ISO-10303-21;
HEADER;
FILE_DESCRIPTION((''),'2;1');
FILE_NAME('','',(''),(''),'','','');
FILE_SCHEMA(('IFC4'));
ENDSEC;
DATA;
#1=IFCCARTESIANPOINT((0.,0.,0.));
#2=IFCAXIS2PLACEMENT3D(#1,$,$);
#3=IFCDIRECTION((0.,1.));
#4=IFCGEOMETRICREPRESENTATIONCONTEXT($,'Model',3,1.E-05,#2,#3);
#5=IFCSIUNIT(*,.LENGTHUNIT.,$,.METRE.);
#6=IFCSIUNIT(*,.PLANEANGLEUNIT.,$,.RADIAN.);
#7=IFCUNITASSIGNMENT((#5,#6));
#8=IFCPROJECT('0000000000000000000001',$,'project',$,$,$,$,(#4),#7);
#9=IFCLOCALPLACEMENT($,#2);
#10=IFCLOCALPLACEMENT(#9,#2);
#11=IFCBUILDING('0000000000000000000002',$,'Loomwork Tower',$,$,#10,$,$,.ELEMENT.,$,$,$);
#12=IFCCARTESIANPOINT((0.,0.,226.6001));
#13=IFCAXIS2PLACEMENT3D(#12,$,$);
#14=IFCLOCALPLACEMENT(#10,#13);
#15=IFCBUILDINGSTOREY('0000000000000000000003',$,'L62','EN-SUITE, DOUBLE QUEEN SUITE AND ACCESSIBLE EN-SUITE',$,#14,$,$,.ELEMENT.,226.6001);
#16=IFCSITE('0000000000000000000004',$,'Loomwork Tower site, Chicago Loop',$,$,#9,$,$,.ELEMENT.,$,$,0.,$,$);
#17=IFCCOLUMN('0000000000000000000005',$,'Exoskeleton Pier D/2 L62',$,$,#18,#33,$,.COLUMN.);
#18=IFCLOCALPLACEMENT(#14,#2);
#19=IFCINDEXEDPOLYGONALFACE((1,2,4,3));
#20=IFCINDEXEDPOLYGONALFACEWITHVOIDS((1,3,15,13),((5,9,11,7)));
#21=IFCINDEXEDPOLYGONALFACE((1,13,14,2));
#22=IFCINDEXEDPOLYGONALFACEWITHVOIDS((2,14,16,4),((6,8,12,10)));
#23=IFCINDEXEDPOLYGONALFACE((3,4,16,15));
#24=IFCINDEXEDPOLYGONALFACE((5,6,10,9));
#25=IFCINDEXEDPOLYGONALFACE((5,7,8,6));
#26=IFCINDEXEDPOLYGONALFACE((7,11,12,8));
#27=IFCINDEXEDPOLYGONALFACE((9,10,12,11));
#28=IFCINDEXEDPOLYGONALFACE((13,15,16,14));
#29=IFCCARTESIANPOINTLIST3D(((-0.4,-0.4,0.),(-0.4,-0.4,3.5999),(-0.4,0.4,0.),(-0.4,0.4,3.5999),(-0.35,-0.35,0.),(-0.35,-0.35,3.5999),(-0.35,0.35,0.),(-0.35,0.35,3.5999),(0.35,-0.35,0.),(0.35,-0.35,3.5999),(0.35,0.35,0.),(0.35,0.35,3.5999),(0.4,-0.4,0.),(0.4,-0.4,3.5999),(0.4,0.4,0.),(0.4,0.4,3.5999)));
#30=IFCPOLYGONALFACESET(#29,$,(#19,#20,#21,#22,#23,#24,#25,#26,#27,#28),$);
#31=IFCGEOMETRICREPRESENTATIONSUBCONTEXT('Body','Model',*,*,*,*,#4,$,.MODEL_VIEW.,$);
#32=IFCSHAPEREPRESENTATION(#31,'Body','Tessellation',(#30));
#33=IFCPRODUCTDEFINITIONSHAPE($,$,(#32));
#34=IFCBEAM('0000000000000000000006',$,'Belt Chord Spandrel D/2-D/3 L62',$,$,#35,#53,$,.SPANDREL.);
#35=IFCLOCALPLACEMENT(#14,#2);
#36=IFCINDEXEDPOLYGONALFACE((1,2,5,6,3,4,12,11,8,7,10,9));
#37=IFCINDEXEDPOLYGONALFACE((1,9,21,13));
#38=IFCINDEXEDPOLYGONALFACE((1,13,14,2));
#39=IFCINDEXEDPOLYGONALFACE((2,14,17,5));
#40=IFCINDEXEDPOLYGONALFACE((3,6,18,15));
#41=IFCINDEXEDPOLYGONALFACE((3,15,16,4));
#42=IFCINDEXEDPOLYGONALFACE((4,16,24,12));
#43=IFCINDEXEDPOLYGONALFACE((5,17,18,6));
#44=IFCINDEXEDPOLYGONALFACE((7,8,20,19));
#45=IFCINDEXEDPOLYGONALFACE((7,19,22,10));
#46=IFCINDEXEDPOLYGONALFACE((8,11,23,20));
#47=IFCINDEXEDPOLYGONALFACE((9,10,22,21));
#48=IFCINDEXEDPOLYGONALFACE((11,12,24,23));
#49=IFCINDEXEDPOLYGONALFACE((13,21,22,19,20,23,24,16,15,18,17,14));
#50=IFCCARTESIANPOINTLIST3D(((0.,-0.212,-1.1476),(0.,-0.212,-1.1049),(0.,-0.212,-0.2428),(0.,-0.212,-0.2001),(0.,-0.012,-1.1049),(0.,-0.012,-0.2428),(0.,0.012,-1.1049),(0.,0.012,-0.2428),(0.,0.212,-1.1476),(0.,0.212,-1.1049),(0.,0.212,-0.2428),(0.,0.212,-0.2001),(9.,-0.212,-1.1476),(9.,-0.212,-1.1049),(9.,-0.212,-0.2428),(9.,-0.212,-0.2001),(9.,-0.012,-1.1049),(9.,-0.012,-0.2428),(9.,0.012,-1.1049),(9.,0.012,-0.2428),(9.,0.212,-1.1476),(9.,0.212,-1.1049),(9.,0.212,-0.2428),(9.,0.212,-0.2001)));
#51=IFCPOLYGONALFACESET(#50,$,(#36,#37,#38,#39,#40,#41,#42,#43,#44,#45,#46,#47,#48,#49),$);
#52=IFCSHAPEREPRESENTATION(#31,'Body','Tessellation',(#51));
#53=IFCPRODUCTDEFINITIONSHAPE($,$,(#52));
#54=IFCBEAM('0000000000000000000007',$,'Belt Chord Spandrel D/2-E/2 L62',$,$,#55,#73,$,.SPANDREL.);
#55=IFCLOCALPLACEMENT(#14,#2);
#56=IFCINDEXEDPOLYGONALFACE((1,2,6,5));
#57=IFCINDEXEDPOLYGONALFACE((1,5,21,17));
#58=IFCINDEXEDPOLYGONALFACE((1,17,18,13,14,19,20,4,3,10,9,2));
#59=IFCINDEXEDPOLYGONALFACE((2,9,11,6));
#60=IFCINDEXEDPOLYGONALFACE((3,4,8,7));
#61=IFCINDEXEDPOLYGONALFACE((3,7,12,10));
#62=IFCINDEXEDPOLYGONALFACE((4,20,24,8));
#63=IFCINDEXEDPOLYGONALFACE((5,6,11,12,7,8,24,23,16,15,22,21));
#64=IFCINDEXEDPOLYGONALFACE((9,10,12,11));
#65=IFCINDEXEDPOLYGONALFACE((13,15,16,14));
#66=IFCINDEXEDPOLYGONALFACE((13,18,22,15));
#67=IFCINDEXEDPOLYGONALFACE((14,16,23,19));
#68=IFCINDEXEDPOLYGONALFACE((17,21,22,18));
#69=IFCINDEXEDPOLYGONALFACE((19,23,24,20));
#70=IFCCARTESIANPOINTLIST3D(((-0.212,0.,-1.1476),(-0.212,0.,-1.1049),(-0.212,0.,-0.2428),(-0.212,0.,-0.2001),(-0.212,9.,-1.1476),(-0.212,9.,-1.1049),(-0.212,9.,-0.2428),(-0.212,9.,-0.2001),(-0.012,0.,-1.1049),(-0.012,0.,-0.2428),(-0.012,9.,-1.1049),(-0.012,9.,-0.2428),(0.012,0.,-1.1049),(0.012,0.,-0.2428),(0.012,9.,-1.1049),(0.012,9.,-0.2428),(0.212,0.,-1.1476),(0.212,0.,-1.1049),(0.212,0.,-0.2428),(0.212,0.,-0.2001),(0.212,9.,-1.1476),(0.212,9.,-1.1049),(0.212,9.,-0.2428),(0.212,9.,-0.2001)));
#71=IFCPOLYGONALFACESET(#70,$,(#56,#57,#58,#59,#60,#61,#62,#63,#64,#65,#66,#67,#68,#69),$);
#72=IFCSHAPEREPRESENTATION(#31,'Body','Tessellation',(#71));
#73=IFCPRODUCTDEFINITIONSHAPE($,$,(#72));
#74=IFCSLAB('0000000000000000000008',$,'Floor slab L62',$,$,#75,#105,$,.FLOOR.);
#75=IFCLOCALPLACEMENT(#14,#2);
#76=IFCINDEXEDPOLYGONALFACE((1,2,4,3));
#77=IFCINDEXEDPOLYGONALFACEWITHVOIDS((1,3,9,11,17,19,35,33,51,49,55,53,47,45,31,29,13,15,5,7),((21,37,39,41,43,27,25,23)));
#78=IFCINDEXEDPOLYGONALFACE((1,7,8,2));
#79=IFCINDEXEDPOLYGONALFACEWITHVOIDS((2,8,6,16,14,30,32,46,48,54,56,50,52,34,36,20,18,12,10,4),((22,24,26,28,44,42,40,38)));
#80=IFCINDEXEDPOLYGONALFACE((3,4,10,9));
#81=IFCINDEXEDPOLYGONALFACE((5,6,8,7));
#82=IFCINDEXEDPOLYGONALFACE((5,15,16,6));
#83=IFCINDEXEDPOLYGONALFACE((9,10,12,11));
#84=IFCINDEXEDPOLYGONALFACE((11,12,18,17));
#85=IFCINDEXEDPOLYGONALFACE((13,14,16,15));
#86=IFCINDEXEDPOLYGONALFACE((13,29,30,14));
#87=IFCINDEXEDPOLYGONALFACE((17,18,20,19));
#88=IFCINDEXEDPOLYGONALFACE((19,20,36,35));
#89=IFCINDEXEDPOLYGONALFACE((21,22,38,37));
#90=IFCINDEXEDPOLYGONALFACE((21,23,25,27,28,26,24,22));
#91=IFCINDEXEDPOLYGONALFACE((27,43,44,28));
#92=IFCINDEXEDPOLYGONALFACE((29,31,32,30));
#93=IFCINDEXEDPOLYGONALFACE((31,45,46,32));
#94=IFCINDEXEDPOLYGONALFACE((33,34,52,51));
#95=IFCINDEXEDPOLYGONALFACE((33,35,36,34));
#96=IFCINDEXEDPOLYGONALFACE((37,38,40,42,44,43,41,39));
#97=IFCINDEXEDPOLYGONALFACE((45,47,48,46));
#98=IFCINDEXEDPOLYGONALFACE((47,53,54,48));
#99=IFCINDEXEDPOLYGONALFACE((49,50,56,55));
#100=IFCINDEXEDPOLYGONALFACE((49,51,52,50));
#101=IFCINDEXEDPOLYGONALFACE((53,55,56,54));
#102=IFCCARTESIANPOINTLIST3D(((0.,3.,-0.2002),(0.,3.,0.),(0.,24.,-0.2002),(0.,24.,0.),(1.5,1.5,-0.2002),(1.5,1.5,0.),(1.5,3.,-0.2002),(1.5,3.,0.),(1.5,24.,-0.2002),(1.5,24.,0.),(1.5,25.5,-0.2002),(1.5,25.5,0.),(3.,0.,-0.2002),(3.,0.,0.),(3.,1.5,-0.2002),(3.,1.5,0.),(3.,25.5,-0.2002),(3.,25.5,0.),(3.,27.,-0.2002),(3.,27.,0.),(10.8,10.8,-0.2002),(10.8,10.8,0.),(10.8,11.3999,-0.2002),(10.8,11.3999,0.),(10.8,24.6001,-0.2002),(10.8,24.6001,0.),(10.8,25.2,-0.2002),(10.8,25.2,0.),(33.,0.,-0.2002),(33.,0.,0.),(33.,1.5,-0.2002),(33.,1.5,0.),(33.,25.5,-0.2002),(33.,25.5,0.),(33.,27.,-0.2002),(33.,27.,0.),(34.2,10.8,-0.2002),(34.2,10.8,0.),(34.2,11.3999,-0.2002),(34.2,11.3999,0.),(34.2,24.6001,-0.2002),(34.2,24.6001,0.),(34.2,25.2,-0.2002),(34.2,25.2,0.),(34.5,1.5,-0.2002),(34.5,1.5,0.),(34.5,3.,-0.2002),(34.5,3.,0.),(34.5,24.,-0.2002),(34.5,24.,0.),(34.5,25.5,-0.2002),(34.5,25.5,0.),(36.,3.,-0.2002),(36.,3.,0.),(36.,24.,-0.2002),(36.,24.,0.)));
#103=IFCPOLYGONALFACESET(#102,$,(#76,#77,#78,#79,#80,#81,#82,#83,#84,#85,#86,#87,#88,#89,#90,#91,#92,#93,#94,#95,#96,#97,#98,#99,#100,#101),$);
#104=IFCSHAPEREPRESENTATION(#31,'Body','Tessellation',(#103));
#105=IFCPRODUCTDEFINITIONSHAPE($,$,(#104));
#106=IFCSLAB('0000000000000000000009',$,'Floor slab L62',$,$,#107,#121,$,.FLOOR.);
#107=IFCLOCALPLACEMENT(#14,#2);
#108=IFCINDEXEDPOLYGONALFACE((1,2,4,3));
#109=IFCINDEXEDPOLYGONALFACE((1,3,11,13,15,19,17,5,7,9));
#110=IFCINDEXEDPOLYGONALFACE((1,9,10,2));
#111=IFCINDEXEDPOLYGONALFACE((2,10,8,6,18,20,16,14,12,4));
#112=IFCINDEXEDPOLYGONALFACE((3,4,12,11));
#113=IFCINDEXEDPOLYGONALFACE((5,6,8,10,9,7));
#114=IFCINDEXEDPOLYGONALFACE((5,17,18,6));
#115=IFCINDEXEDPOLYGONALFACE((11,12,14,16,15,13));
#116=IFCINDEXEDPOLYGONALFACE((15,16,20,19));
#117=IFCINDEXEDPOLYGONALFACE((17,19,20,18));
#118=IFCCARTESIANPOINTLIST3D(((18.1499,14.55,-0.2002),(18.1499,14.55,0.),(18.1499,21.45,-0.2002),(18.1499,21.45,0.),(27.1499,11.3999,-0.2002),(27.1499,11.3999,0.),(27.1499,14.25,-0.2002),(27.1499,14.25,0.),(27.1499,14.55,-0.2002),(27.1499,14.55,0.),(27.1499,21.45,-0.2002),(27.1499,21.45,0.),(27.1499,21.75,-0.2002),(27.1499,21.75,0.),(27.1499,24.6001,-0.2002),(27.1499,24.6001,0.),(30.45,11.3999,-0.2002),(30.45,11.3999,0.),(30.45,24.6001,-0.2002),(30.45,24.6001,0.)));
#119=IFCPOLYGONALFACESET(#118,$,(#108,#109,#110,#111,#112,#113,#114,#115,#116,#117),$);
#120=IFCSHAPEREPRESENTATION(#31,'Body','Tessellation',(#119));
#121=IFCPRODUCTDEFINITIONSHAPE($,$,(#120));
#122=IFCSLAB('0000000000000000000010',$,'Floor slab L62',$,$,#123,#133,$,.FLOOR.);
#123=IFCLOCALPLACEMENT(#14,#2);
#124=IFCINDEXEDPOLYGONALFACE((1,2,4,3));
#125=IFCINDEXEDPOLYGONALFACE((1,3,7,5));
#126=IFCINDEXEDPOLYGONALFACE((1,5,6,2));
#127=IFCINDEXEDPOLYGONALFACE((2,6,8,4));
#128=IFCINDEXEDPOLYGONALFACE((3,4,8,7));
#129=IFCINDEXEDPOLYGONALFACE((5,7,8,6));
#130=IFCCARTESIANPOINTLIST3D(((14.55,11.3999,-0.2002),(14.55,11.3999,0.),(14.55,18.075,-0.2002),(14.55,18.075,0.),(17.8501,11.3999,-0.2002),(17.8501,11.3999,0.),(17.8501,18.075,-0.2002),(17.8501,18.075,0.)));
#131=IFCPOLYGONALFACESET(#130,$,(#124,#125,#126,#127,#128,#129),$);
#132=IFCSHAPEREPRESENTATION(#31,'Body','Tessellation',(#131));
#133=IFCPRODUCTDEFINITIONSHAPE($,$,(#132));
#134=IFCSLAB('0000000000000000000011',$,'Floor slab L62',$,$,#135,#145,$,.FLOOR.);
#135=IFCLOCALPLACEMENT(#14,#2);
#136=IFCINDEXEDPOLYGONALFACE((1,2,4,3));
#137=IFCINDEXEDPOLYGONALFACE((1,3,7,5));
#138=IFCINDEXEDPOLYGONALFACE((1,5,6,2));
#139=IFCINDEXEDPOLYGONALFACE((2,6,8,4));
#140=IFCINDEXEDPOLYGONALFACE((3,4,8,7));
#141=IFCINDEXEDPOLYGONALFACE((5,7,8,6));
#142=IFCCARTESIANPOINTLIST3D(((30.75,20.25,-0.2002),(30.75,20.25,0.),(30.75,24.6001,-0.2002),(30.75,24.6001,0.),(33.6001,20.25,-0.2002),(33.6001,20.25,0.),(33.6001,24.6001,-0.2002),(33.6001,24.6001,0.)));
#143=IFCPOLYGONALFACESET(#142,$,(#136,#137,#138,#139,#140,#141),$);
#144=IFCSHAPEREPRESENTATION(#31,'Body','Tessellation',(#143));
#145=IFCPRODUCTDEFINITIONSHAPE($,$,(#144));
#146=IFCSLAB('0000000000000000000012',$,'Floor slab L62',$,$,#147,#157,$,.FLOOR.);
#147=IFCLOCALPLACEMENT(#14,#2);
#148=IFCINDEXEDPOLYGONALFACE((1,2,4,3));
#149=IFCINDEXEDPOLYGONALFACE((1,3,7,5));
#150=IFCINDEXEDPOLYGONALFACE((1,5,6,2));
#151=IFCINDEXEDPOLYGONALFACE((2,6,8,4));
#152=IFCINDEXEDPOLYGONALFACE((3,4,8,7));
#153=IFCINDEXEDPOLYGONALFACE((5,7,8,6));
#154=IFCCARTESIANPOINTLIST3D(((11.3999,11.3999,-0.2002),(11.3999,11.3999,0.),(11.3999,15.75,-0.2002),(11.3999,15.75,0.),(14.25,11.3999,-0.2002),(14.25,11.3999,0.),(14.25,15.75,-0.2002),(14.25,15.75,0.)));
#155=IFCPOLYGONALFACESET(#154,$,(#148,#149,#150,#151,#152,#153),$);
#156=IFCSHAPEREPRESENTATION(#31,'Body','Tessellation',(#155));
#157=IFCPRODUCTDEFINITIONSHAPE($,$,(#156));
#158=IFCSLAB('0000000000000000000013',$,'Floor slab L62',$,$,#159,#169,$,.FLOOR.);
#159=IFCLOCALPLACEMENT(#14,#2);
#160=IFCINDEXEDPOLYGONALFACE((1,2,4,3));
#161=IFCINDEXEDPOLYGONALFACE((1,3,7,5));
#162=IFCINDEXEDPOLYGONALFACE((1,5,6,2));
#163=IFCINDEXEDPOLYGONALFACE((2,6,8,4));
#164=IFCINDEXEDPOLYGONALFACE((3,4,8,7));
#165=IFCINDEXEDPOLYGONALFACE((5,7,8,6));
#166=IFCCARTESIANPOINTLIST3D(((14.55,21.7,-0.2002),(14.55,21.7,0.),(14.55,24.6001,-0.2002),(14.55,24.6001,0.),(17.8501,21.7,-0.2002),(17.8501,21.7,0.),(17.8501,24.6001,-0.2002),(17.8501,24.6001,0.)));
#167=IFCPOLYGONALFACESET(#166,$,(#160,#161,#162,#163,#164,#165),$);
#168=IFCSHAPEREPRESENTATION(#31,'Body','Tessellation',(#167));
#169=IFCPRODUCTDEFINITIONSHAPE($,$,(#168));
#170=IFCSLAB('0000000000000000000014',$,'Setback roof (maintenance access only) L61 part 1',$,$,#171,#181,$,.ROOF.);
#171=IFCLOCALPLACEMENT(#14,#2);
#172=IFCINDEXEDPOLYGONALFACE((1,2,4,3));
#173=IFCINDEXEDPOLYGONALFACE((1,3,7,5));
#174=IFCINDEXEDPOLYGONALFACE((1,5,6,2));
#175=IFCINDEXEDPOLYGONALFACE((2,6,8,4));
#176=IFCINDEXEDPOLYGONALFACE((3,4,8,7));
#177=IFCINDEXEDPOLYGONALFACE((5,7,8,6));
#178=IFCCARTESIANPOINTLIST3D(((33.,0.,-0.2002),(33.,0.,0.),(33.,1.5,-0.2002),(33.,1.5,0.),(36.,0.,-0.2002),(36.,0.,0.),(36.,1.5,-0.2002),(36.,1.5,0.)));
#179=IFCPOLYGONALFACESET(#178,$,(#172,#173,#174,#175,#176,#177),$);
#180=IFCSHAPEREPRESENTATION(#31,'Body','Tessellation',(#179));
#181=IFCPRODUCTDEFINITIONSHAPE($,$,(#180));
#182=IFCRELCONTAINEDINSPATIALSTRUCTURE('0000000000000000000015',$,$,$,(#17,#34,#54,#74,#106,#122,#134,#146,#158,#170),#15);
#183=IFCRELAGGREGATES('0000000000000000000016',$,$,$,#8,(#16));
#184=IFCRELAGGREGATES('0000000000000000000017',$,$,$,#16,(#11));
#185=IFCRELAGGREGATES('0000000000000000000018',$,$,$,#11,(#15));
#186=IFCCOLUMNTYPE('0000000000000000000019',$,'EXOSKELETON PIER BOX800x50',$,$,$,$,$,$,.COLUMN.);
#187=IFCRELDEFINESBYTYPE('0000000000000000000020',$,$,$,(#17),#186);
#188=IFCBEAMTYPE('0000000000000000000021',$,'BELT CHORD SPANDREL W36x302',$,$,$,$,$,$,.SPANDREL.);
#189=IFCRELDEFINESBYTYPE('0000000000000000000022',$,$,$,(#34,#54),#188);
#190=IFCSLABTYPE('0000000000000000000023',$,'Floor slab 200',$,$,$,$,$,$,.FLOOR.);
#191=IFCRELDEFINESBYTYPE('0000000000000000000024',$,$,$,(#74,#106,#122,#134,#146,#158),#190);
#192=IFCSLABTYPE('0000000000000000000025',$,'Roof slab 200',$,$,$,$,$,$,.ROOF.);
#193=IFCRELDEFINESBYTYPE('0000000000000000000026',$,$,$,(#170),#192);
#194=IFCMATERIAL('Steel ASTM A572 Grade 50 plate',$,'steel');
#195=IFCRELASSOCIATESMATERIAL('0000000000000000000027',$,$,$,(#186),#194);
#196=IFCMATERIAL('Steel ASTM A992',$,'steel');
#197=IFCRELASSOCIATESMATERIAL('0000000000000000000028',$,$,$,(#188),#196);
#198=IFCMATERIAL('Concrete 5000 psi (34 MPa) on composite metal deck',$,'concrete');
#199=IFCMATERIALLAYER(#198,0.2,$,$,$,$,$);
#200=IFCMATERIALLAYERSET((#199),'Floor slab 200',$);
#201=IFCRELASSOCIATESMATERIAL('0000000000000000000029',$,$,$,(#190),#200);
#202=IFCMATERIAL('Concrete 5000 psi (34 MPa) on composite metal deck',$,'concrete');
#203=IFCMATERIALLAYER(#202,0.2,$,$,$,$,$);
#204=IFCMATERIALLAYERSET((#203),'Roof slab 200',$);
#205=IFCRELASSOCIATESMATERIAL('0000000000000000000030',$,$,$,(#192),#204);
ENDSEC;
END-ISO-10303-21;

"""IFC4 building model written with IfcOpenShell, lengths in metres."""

from ifc_helpers import new_model, si_unit, direction, frame, origin, origin_with_axes, origin_2d, place, context, subcontext, project, spatial, polyline, hollow_rectangle, i_section, outline, extrude, material, layer, layer_set, material_profile, profile_set, type_object, element, save


model = new_model("IFC4")

# Units and contexts
model_context = context("Model", 3, precision=1e-05, world=origin(), true_north=direction((0.0, 1.0)))
body_context = subcontext(model_context, "Body", "Model", "MODEL_VIEW")
ifc_project = project(units=[si_unit("LENGTHUNIT", "METRE"), si_unit("PLANEANGLEUNIT", "RADIAN")], contexts=[model_context])

# Site, building, storey
site_placement = place(None, origin())
site = spatial("IfcSite", under=ifc_project, at=site_placement, Name="Loomwork Tower site, Chicago Loop", CompositionType="ELEMENT", RefElevation=0.0)
building_placement = place(site_placement, origin())
building = spatial("IfcBuilding", under=site, at=building_placement, Name="Loomwork Tower", CompositionType="ELEMENT")
storey_placement = place(building_placement, frame((0.0, 0.0, 226.6001)))
storey = spatial("IfcBuildingStorey", under=building, at=storey_placement, Name="L62", Description="EN-SUITE, DOUBLE QUEEN SUITE AND ACCESSIBLE EN-SUITE", CompositionType="ELEMENT", Elevation=226.6001)

# Column
ifc_material_1 = material(Name="Steel ASTM A572 Grade 50 plate", Category="steel")
ifc_material_profile_1 = material_profile(ifc_material_1, hollow_rectangle(XDim=0.8, YDim=0.8, WallThickness=0.05, at=origin_2d()), Name="BOX800x50")
ifc_profile_set_1 = profile_set([ifc_material_profile_1], Name="Steel ASTM A572 Grade 50 plate")
column_type = type_object("IfcColumnType", Name="EXOSKELETON PIER BOX800x50", PredefinedType="COLUMN", material=ifc_profile_set_1)
column_placement = place(storey_placement, origin_with_axes())
element("IfcColumn", 1, at=column_placement, inside=storey, type_object=column_type, Name="Exoskeleton Pier D/2 L62", PredefinedType="COLUMN", context=body_context, shape_type="SweptSolid", body=[
    extrude(hollow_rectangle(XDim=0.8, YDim=0.8, WallThickness=0.05, at=origin_2d()), origin(), (0.0, 0.0, 1.0), 3.5999),
])

# Beams
ifc_material_2 = material(Name="Steel ASTM A992", Category="steel")
ifc_material_profile_2 = material_profile(ifc_material_2, i_section(OverallWidth=0.4241, OverallDepth=0.9475, WebThickness=0.0239, FlangeThickness=0.0427, at=origin_2d()), Name="W36x302")
ifc_profile_set_2 = profile_set([ifc_material_profile_2], Name="Steel ASTM A992")
beam_type = type_object("IfcBeamType", Name="BELT CHORD SPANDREL W36x302", PredefinedType="SPANDREL", material=ifc_profile_set_2)
for number, where, z_axis, x_axis, name in (
    (2, (0.0, 0.0, -0.6738), (1.0, 0.0, 0.0), (0.0, 1.0, 0.0), "Belt Chord Spandrel D/2-D/3 L62"),
    (3, (0.0, 0.0, -0.6738), (0.0, 1.0, 0.0), (-1.0, 0.0, 0.0), "Belt Chord Spandrel D/2-E/2 L62"),
):
    element("IfcBeam", number, at=place(storey_placement, frame(where, z_axis=z_axis, x_axis=x_axis)), inside=storey, type_object=beam_type, Name=name, PredefinedType="SPANDREL", context=body_context, shape_type="SweptSolid", body=[
        extrude(i_section(OverallWidth=0.4241, OverallDepth=0.9475, WebThickness=0.0239, FlangeThickness=0.0427, at=origin_2d()), origin(), (0.0, 0.0, 1.0), 9.0),
    ])

# Slabs
ifc_material_3 = material(Name="Concrete 5000 psi (34 MPa) on composite metal deck", Category="concrete")
ifc_layer_1 = layer(ifc_material_3, 0.2)
ifc_layer_set_1 = layer_set([ifc_layer_1], Name="Floor slab 200")
slab_type_1 = type_object("IfcSlabType", Name="Floor slab 200", PredefinedType="FLOOR", material=ifc_layer_set_1)
slab_1_placement = place(storey_placement, frame((0.0, 0.0, -0.2002)))
element("IfcSlab", 4, at=slab_1_placement, inside=storey, type_object=slab_type_1, Name="Floor slab L62", PredefinedType="FLOOR", context=body_context, shape_type="SweptSolid", body=[
    extrude(outline(polyline([(3.0, 1.5), (1.5, 1.5), (1.5, 3.0), (0.0, 3.0), (0.0, 24.0), (1.5, 24.0), (1.5, 25.5), (3.0, 25.5), (3.0, 27.0), (33.0, 27.0), (33.0, 25.5), (34.5, 25.5), (34.5, 24.0), (36.0, 24.0), (36.0, 3.0), (34.5, 3.0), (34.5, 1.5), (33.0, 1.5), (33.0, 0.0), (3.0, 0.0), (3.0, 1.5)]), holes=[polyline([(10.8, 11.3999), (10.8, 11.3999), (10.8, 10.8), (34.2, 10.8), (34.2, 11.3999), (34.2, 11.3999), (34.2, 24.6001), (34.2, 25.2), (10.8, 25.2), (10.8, 24.6001), (10.8, 11.3999)])]), origin(), (0.0, 0.0, 1.0), 0.2002),
])
slab_2_placement = place(storey_placement, frame((0.0, 0.0, -0.2002)))
element("IfcSlab", 5, at=slab_2_placement, inside=storey, type_object=slab_type_1, Name="Floor slab L62", PredefinedType="FLOOR", context=body_context, shape_type="SweptSolid", body=[
    extrude(outline(polyline([(30.45, 24.6001), (30.45, 11.3999), (27.1499, 11.3999), (27.1499, 14.25), (27.1499, 14.55), (18.1499, 14.55), (18.1499, 21.45), (27.1499, 21.45), (27.1499, 21.75), (27.1499, 24.6001), (30.45, 24.6001)])), origin(), (0.0, 0.0, 1.0), 0.2002),
])
slab_3_placement = place(storey_placement, frame((0.0, 0.0, -0.2002)))
element("IfcSlab", 6, at=slab_3_placement, inside=storey, type_object=slab_type_1, Name="Floor slab L62", PredefinedType="FLOOR", context=body_context, shape_type="SweptSolid", body=[
    extrude(outline(polyline([(14.55, 11.3999), (14.55, 18.075), (17.8501, 18.075), (17.8501, 11.3999), (14.55, 11.3999)])), origin(), (0.0, 0.0, 1.0), 0.2002),
])
slab_4_placement = place(storey_placement, frame((0.0, 0.0, -0.2002)))
element("IfcSlab", 7, at=slab_4_placement, inside=storey, type_object=slab_type_1, Name="Floor slab L62", PredefinedType="FLOOR", context=body_context, shape_type="SweptSolid", body=[
    extrude(outline(polyline([(33.6001, 20.25), (30.75, 20.25), (30.75, 24.6001), (33.6001, 24.6001), (33.6001, 20.25)])), origin(), (0.0, 0.0, 1.0), 0.2002),
])
slab_5_placement = place(storey_placement, frame((0.0, 0.0, -0.2002)))
element("IfcSlab", 8, at=slab_5_placement, inside=storey, type_object=slab_type_1, Name="Floor slab L62", PredefinedType="FLOOR", context=body_context, shape_type="SweptSolid", body=[
    extrude(outline(polyline([(14.25, 15.75), (14.25, 11.3999), (11.3999, 11.3999), (11.3999, 15.75), (14.25, 15.75)])), origin(), (0.0, 0.0, 1.0), 0.2002),
])
slab_6_placement = place(storey_placement, frame((0.0, 0.0, -0.2002)))
element("IfcSlab", 9, at=slab_6_placement, inside=storey, type_object=slab_type_1, Name="Floor slab L62", PredefinedType="FLOOR", context=body_context, shape_type="SweptSolid", body=[
    extrude(outline(polyline([(14.55, 21.7), (14.55, 24.6001), (17.8501, 24.6001), (17.8501, 21.7), (14.55, 21.7)])), origin(), (0.0, 0.0, 1.0), 0.2002),
])
ifc_material_4 = material(Name="Concrete 5000 psi (34 MPa) on composite metal deck", Category="concrete")
ifc_layer_2 = layer(ifc_material_4, 0.2)
ifc_layer_set_2 = layer_set([ifc_layer_2], Name="Roof slab 200")
slab_type_2 = type_object("IfcSlabType", Name="Roof slab 200", PredefinedType="ROOF", material=ifc_layer_set_2)
slab_7_placement = place(storey_placement, frame((0.0, 0.0, -0.2002)))
element("IfcSlab", 10, at=slab_7_placement, inside=storey, type_object=slab_type_2, Name="Setback roof (maintenance access only) L61 part 1", PredefinedType="ROOF", context=body_context, shape_type="SweptSolid", body=[
    extrude(outline(polyline([(36.0, 0.0), (33.0, 0.0), (33.0, 1.5), (36.0, 1.5), (36.0, 0.0)])), origin(), (0.0, 0.0, 1.0), 0.2002),
])

save(model, "model.ifc")
